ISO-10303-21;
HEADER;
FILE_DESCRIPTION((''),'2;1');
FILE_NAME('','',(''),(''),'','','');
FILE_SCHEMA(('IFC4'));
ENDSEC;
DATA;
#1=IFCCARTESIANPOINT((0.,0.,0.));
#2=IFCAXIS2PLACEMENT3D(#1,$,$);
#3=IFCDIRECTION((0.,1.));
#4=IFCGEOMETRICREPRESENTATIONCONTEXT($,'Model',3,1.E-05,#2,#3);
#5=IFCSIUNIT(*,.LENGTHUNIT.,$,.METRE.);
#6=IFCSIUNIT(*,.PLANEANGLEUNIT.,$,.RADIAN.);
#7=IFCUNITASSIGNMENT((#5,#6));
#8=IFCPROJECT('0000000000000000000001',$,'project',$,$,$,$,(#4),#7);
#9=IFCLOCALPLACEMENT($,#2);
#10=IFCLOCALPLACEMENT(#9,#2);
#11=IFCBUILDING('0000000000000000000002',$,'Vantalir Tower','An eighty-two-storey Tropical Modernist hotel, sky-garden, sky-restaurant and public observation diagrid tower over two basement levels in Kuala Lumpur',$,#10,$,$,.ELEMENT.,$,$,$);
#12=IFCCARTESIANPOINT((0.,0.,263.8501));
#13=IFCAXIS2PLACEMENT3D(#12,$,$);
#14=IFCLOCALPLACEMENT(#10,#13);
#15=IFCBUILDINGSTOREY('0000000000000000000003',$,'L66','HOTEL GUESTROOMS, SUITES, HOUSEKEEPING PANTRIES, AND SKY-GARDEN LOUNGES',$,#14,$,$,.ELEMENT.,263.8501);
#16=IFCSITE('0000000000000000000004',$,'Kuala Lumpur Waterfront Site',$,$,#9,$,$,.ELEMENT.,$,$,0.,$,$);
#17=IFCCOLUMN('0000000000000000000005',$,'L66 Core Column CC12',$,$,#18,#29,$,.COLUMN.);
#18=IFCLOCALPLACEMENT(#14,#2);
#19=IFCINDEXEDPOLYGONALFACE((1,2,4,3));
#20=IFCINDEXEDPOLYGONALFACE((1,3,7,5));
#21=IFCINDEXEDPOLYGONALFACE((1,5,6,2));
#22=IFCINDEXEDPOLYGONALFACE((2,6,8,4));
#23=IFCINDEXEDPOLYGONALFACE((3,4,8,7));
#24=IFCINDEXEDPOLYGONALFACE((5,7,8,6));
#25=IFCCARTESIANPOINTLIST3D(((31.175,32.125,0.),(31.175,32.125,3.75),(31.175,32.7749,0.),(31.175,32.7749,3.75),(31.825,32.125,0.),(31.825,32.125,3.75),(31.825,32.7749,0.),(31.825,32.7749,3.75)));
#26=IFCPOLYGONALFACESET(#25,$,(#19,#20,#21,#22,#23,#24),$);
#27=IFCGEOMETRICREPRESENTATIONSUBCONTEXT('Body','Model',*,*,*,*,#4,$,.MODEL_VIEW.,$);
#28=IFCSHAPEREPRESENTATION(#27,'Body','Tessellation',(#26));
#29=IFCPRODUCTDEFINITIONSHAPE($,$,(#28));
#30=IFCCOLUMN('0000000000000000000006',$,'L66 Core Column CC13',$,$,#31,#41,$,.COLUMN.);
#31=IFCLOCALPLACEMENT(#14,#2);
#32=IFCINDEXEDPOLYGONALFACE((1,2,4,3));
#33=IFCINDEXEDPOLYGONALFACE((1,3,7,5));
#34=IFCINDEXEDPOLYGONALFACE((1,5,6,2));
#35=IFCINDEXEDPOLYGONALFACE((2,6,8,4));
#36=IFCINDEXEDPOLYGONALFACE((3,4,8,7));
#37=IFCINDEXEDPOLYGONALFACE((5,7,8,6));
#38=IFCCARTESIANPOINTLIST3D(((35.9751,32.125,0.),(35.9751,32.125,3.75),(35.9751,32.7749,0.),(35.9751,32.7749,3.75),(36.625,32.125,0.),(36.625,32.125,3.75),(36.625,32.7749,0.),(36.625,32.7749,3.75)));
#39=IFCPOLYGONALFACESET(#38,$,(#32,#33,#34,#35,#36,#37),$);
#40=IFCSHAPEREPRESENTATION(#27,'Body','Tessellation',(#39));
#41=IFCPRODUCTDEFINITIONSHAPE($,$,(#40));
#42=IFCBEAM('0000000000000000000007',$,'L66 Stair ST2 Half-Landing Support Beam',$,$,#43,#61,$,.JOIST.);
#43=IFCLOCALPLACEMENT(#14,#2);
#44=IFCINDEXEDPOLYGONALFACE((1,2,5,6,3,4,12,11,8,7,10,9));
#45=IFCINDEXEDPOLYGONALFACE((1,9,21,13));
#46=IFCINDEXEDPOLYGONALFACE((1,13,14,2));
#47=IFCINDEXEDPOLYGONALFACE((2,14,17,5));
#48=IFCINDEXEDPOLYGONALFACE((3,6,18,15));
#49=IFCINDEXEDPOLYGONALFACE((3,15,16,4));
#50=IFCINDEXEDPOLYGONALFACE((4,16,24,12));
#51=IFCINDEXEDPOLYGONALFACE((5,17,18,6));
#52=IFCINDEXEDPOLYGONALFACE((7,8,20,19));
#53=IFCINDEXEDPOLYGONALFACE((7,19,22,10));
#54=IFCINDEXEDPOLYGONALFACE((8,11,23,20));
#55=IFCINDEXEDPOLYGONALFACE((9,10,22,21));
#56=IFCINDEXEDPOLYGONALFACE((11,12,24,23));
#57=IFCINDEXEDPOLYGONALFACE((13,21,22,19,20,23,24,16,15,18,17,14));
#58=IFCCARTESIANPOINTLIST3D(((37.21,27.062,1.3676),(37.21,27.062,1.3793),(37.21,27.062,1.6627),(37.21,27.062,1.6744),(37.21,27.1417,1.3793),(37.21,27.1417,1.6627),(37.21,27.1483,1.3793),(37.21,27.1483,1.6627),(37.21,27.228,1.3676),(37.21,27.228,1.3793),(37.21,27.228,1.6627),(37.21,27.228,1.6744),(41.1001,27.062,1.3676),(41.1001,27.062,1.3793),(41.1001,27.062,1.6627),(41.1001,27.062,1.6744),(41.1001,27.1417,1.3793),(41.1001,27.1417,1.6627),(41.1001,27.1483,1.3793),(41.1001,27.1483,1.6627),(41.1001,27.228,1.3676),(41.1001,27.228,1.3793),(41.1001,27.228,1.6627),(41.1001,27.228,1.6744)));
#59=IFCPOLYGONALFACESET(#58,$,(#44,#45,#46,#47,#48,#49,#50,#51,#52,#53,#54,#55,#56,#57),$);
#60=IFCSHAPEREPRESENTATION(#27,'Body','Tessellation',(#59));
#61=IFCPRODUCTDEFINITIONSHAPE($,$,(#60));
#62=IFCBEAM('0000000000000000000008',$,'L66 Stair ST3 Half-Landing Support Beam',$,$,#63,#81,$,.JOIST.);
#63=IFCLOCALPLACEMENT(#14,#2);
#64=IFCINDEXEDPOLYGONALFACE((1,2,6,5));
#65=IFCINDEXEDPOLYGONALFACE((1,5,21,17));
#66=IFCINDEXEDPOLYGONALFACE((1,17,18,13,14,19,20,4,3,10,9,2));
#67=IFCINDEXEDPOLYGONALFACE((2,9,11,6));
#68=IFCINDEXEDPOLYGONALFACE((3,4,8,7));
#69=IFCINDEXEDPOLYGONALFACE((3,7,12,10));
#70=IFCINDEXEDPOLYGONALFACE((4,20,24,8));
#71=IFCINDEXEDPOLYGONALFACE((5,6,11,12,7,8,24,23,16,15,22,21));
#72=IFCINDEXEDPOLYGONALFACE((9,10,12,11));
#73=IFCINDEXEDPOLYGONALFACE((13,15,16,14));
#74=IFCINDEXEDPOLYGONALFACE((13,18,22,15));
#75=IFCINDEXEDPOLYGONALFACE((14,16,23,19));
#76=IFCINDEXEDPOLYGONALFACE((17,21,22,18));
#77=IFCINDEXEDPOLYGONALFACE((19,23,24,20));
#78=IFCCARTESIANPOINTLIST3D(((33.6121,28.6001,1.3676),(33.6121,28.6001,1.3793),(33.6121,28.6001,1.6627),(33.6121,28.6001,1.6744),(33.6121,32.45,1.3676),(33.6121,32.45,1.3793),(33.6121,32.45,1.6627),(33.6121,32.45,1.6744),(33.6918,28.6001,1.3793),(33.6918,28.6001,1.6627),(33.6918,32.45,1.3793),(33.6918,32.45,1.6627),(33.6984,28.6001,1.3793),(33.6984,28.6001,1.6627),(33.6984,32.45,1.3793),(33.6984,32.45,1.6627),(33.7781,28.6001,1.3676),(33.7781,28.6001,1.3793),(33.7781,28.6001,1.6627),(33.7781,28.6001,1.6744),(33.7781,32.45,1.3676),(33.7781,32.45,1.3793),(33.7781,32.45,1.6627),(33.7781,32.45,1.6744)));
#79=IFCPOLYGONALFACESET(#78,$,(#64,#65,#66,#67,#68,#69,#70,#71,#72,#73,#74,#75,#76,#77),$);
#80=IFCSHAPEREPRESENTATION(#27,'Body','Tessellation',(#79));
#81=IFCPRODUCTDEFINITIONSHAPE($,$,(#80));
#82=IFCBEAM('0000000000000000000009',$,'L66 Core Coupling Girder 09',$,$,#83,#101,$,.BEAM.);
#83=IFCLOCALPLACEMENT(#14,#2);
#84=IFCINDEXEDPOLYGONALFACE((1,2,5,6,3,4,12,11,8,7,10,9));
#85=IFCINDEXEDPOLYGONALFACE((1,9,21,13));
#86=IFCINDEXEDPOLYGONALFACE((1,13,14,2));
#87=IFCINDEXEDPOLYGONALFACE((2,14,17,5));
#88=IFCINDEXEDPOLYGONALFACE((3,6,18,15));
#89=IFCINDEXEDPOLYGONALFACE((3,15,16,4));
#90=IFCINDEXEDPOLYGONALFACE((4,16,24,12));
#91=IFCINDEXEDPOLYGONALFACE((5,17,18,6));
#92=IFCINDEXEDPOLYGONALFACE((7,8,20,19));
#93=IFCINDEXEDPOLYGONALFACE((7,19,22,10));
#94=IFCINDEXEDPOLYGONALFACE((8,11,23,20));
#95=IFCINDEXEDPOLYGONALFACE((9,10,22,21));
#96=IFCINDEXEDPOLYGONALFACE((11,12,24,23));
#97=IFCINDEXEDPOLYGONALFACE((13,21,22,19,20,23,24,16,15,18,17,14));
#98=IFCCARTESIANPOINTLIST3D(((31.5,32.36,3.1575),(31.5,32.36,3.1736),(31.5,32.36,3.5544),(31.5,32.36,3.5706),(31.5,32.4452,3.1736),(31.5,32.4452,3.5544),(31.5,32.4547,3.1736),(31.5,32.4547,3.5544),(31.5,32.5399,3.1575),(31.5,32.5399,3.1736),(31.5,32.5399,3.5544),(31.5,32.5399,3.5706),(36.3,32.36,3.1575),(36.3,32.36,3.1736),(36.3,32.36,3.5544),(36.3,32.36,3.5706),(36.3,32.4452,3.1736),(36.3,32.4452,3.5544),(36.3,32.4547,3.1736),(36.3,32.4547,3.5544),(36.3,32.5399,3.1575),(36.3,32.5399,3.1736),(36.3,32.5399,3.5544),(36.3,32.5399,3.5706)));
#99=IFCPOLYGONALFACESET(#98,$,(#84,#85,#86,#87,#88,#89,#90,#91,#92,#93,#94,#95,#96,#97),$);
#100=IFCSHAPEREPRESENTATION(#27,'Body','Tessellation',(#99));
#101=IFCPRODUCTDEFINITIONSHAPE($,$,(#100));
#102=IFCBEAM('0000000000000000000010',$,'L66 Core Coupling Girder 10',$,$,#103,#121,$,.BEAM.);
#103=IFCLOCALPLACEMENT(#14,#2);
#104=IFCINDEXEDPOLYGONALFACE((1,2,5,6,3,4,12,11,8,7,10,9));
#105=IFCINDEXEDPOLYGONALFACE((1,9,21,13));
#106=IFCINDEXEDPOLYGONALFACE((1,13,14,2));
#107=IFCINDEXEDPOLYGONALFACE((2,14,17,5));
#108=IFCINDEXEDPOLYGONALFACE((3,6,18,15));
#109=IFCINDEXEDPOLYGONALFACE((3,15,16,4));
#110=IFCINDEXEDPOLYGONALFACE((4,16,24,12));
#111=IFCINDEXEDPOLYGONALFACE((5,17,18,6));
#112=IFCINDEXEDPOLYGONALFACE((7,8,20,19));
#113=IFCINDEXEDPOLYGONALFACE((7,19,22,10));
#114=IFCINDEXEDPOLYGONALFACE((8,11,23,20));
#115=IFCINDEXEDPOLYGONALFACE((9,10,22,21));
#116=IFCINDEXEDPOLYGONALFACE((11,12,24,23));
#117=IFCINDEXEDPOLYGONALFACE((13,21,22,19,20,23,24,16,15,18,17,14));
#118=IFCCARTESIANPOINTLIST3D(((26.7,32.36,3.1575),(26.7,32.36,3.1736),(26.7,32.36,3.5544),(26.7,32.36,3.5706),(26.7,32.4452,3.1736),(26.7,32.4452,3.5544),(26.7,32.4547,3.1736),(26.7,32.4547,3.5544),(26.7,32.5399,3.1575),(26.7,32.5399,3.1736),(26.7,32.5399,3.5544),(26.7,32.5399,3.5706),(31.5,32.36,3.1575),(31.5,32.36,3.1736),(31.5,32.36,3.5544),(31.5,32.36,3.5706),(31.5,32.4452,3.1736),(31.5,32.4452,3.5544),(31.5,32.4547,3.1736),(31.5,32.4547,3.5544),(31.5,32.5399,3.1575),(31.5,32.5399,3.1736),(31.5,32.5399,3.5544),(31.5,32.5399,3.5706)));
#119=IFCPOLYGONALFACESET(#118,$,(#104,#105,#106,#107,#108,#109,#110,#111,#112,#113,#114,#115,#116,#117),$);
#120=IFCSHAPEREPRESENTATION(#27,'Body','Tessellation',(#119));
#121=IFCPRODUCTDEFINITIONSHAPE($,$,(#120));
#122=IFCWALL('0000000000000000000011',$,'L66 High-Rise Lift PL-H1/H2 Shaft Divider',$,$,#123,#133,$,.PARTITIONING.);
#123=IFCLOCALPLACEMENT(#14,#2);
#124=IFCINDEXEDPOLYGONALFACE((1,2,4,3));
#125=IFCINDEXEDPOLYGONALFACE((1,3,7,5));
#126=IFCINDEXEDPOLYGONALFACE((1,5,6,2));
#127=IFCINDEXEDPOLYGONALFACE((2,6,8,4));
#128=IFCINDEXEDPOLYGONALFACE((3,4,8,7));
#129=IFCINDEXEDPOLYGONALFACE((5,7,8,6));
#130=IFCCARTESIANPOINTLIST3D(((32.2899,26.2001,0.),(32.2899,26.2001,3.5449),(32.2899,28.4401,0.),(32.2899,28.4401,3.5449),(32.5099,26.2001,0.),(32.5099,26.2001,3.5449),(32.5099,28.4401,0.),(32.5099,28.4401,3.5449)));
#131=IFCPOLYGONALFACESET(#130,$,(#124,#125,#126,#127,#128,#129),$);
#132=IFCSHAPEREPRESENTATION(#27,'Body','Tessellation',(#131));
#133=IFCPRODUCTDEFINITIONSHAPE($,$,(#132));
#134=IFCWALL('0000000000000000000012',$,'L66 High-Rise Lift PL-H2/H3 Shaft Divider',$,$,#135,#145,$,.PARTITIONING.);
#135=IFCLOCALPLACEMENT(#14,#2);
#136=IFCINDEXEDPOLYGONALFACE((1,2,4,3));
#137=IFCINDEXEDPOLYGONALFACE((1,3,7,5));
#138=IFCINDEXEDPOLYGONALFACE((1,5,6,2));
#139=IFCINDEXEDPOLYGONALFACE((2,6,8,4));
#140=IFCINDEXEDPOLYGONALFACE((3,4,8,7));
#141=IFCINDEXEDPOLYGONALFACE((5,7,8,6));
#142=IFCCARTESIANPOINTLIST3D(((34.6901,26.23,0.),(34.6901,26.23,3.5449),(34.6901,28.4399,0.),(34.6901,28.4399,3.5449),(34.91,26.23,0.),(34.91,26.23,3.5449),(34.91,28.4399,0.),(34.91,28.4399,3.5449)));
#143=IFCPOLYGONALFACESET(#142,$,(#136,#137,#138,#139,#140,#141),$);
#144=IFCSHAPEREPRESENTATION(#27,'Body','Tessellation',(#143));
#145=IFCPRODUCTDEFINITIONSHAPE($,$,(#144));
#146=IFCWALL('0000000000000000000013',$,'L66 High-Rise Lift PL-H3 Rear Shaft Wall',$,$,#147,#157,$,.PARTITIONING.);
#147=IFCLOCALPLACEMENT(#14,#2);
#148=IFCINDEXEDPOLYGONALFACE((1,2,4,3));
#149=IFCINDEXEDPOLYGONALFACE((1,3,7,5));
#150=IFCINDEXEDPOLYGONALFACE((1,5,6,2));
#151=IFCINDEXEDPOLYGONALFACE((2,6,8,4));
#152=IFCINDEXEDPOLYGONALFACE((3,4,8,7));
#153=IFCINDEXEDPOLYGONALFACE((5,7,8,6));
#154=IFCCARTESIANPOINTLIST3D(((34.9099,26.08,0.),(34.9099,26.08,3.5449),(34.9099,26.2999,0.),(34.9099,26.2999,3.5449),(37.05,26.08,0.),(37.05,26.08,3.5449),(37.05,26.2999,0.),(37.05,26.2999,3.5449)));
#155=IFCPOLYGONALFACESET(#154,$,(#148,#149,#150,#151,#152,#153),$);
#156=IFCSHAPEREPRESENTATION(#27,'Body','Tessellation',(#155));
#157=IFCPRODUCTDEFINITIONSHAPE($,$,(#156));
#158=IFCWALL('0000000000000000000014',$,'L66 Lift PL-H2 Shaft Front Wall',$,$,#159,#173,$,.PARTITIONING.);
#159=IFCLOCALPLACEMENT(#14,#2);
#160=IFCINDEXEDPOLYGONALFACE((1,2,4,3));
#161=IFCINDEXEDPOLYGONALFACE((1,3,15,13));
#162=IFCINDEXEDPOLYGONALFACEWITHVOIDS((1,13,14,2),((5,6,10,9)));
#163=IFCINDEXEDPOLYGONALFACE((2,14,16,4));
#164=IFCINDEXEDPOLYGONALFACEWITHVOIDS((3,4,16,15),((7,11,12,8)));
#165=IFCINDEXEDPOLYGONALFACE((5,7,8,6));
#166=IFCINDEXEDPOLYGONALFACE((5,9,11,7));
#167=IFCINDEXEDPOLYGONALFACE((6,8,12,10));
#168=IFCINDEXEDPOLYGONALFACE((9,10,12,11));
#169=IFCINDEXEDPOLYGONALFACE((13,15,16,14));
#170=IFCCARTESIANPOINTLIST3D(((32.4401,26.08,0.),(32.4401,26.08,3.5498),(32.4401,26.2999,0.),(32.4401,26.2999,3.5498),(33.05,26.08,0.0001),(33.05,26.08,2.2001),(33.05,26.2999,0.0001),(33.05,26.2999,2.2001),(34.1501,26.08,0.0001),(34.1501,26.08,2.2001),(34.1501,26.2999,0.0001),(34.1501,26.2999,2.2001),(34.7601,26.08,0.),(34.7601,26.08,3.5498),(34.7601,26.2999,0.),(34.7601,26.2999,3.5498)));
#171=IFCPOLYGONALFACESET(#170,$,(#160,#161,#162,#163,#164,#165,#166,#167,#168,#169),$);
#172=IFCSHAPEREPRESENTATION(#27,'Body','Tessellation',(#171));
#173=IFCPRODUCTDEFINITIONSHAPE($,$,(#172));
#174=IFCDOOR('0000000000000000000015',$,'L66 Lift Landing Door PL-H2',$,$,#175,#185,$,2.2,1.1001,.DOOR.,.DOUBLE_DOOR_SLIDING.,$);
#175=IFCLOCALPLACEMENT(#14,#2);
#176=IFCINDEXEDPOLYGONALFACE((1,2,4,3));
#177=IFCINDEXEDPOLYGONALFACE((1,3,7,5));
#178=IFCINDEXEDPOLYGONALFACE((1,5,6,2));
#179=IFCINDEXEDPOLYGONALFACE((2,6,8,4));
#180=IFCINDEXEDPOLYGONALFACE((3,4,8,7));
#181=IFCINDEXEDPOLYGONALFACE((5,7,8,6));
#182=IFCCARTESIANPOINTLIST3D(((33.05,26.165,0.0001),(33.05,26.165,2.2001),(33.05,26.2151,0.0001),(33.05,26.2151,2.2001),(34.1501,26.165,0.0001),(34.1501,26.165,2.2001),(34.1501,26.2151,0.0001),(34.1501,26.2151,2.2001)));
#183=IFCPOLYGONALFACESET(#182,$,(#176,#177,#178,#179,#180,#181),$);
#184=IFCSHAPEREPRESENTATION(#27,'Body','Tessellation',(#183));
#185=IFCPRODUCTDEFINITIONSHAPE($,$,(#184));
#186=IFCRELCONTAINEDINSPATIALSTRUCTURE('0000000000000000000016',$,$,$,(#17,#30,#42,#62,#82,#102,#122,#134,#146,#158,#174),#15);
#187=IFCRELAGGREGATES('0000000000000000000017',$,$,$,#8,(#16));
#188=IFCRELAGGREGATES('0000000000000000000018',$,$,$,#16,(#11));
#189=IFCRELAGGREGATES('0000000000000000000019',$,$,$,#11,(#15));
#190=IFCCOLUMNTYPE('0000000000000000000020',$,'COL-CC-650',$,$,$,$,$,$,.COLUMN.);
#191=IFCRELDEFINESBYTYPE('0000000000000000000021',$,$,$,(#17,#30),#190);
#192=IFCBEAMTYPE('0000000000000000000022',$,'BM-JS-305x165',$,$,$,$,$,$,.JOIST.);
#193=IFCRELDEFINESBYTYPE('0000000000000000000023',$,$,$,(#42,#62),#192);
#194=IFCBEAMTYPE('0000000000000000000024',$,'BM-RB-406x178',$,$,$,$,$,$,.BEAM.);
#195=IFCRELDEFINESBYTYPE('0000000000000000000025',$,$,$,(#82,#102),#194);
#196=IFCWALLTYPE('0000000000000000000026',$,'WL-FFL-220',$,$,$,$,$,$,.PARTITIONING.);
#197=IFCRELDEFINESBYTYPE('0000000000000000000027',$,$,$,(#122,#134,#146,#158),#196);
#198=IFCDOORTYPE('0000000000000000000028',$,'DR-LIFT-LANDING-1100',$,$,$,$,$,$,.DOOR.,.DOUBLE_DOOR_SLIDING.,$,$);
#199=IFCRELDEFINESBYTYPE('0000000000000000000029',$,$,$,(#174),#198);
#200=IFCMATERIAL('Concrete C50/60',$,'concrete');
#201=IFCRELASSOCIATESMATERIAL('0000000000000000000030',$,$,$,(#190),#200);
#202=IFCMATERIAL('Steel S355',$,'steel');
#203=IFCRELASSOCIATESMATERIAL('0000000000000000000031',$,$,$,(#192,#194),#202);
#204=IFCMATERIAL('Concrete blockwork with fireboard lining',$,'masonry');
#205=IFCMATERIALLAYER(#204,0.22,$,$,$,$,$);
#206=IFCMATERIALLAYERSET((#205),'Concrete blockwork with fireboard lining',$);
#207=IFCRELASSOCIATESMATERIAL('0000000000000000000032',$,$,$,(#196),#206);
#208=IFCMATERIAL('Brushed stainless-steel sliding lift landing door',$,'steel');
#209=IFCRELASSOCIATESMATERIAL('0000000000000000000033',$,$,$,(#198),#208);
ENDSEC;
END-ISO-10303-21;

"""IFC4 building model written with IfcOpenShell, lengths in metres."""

from ifc_helpers import new_model, si_unit, direction, frame, frame_2d, origin, origin_2d, place, context, subcontext, project, spatial, rectangle, i_section, extrude, material, layer, layer_set, material_profile, profile_set, type_object, element, fill, save


model = new_model("IFC4")

# Units and contexts
model_context = context("Model", 3, precision=1e-05, world=origin(), true_north=direction((0.0, 1.0)))
body_context = subcontext(model_context, "Body", "Model", "MODEL_VIEW")
ifc_project = project(units=[si_unit("LENGTHUNIT", "METRE"), si_unit("PLANEANGLEUNIT", "RADIAN")], contexts=[model_context])

# Site, building, storey
site_placement = place(None, origin())
site = spatial("IfcSite", under=ifc_project, at=site_placement, Name="Kuala Lumpur Waterfront Site", CompositionType="ELEMENT", RefElevation=0.0)
building_placement = place(site_placement, origin())
building = spatial("IfcBuilding", under=site, at=building_placement, Name="Vantalir Tower", Description="An eighty-two-storey Tropical Modernist hotel, sky-garden, sky-restaurant and public observation diagrid tower over two basement levels in Kuala Lumpur", CompositionType="ELEMENT")
storey_placement = place(building_placement, frame((0.0, 0.0, 263.8501)))
storey = spatial("IfcBuildingStorey", under=building, at=storey_placement, Name="L66", Description="HOTEL GUESTROOMS, SUITES, HOUSEKEEPING PANTRIES, AND SKY-GARDEN LOUNGES", CompositionType="ELEMENT", Elevation=263.8501)

# Columns
ifc_material_1 = material(Name="Concrete C50/60", Category="concrete")
ifc_material_profile_1 = material_profile(ifc_material_1, rectangle(XDim=0.6499, YDim=0.6499, at=origin_2d()), Name="Concrete C50/60")
ifc_profile_set_1 = profile_set([ifc_material_profile_1], Name="Concrete C50/60")
column_type = type_object("IfcColumnType", Name="COL-CC-650", PredefinedType="COLUMN", material=ifc_profile_set_1)
for number, where, z_axis, x_axis, name in (
    (1, (31.5, 32.45, 0.0), (0.0, 0.0, 1.0), (1.0, 0.0, 0.0), "L66 Core Column CC12"),
    (2, (36.3, 32.45, 0.0), (0.0, 0.0, 1.0), (1.0, 0.0, 0.0), "L66 Core Column CC13"),
):
    element("IfcColumn", number, at=place(storey_placement, frame(where, z_axis=z_axis, x_axis=x_axis)), inside=storey, type_object=column_type, Name=name, PredefinedType="COLUMN", context=body_context, shape_type="SweptSolid", body=[
        extrude(rectangle(XDim=0.6499, YDim=0.6499, at=origin_2d()), origin(), (0.0, 0.0, 1.0), 3.75),
    ])

# Beams
ifc_material_2 = material(Name="Steel S355", Category="steel")
ifc_material_profile_2 = material_profile(ifc_material_2, i_section(OverallWidth=0.166, OverallDepth=0.3069, WebThickness=0.0066, FlangeThickness=0.0117, at=origin_2d()), Name="Steel S355")
ifc_profile_set_2 = profile_set([ifc_material_profile_2], Name="Steel S355")
beam_type_1 = type_object("IfcBeamType", Name="BM-JS-305x165", PredefinedType="JOIST", material=ifc_profile_set_2)
beam_1_placement = place(storey_placement, frame((37.21, 27.145, 1.521), z_axis=(1.0, 0.0, 0.0), x_axis=(0.0, 1.0, 0.0)))
element("IfcBeam", 3, at=beam_1_placement, inside=storey, type_object=beam_type_1, Name="L66 Stair ST2 Half-Landing Support Beam", PredefinedType="JOIST", context=body_context, shape_type="SweptSolid", body=[
    extrude(i_section(OverallWidth=0.166, OverallDepth=0.3069, WebThickness=0.0066, FlangeThickness=0.0117, at=origin_2d()), origin(), (0.0, 0.0, 1.0), 3.8901),
])
beam_2_placement = place(storey_placement, frame((33.6951, 28.6001, 1.521), z_axis=(0.0, 1.0, 0.0), x_axis=(-1.0, 0.0, 0.0)))
element("IfcBeam", 4, at=beam_2_placement, inside=storey, type_object=beam_type_1, Name="L66 Stair ST3 Half-Landing Support Beam", PredefinedType="JOIST", context=body_context, shape_type="SweptSolid", body=[
    extrude(i_section(OverallWidth=0.166, OverallDepth=0.3069, WebThickness=0.0066, FlangeThickness=0.0117, at=origin_2d()), origin(), (0.0, 0.0, 1.0), 3.8499),
])
ifc_material_profile_3 = material_profile(ifc_material_2, i_section(OverallWidth=0.1799, OverallDepth=0.4131, WebThickness=0.0095, FlangeThickness=0.0161, at=origin_2d()), Name="Steel S355")
ifc_profile_set_3 = profile_set([ifc_material_profile_3], Name="Steel S355")
beam_type_2 = type_object("IfcBeamType", Name="BM-RB-406x178", PredefinedType="BEAM", material=ifc_profile_set_3)
for number, where, z_axis, x_axis, name in (
    (5, (36.3, 32.45, 3.364), (-1.0, 0.0, 0.0), (0.0, -1.0, 0.0), "L66 Core Coupling Girder 09"),
    (6, (31.5, 32.45, 3.364), (-1.0, 0.0, 0.0), (0.0, -1.0, 0.0), "L66 Core Coupling Girder 10"),
):
    element("IfcBeam", number, at=place(storey_placement, frame(where, z_axis=z_axis, x_axis=x_axis)), inside=storey, type_object=beam_type_2, Name=name, PredefinedType="BEAM", context=body_context, shape_type="SweptSolid", body=[
        extrude(i_section(OverallWidth=0.1799, OverallDepth=0.4131, WebThickness=0.0095, FlangeThickness=0.0161, at=origin_2d()), origin(), (0.0, 0.0, 1.0), 4.8),
    ])

# Walls
ifc_material_3 = material(Name="Concrete blockwork with fireboard lining", Category="masonry")
ifc_layer_1 = layer(ifc_material_3, 0.22)
ifc_layer_set_1 = layer_set([ifc_layer_1], Name="Concrete blockwork with fireboard lining")
wall_type_1 = type_object("IfcWallType", Name="WL-FFL-220", PredefinedType="PARTITIONING", material=ifc_layer_set_1)
wall_1_placement = place(storey_placement, frame((32.3999, 26.2, 0.0), z_axis=(0.0, 0.0, 1.0), x_axis=(0.0, 1.0, 0.0)))
element("IfcWall", 7, at=wall_1_placement, inside=storey, type_object=wall_type_1, Name="L66 High-Rise Lift PL-H1/H2 Shaft Divider", PredefinedType="PARTITIONING", context=body_context, shape_type="SweptSolid", body=[
    extrude(rectangle(XDim=2.24, YDim=0.22, at=frame_2d((1.1201, 0.0))), origin(), (0.0, 0.0, 1.0), 3.5449),
])
wall_2_placement = place(storey_placement, frame((34.8, 26.23, 0.0), z_axis=(0.0, 0.0, 1.0), x_axis=(0.0, 1.0, 0.0)))
element("IfcWall", 8, at=wall_2_placement, inside=storey, type_object=wall_type_1, Name="L66 High-Rise Lift PL-H2/H3 Shaft Divider", PredefinedType="PARTITIONING", context=body_context, shape_type="SweptSolid", body=[
    extrude(rectangle(XDim=2.21, YDim=0.22, at=frame_2d((1.105, 0.0))), origin(), (0.0, 0.0, 1.0), 3.5449),
])
wall_3_placement = place(storey_placement, frame((34.9099, 26.1899, 0.0), z_axis=(0.0, 0.0, 1.0), x_axis=(1.0, 0.0, 0.0)))
element("IfcWall", 9, at=wall_3_placement, inside=storey, type_object=wall_type_1, Name="L66 High-Rise Lift PL-H3 Rear Shaft Wall", PredefinedType="PARTITIONING", context=body_context, shape_type="SweptSolid", body=[
    extrude(rectangle(XDim=2.1401, YDim=0.22, at=frame_2d((1.0701, 0.0))), origin(), (0.0, 0.0, 1.0), 3.5449),
])

# Wall, opening, door
wall_4_placement = place(storey_placement, frame((32.4399, 26.1899, 0.0), z_axis=(0.0, 0.0, 1.0), x_axis=(1.0, 0.0, 0.0)))
wall_4 = element("IfcWall", 10, at=wall_4_placement, inside=storey, type_object=wall_type_1, Name="L66 Lift PL-H2 Shaft Front Wall", PredefinedType="PARTITIONING", context=body_context, shape_type="SweptSolid", body=[
    extrude(rectangle(XDim=2.3201, YDim=0.22, at=frame_2d((1.1602, 0.0))), origin(), (0.0, 0.0, 1.0), 3.5498),
])
opening_1_placement = place(wall_4_placement, frame((0.6101, 0.0, 0.0)))
opening_1 = element("IfcOpeningElement", 11, at=opening_1_placement, cuts=wall_4, PredefinedType="OPENING", context=body_context, shape_type="SweptSolid", body=[
    extrude(rectangle(XDim=1.1001, YDim=2.2, at=frame_2d((0.55, 1.1001))), frame((0.0, 0.1199, 0.0), z_axis=(0.0, -1.0, 0.0), x_axis=(1.0, 0.0, 0.0)), (0.0, 0.0, 1.0), 0.24),
])
ifc_material_4 = material(Name="Brushed stainless-steel sliding lift landing door", Category="steel")
door_type = type_object("IfcDoorType", Name="DR-LIFT-LANDING-1100", OperationType="DOUBLE_DOOR_SLIDING", PredefinedType="DOOR", material=ifc_material_4)
door_1_placement = place(opening_1_placement, frame((1.1001, 0.0, 0.0), z_axis=(0.0, 0.0, 1.0), x_axis=(-1.0, 0.0, 0.0)))
door_1 = element("IfcDoor", 12, at=door_1_placement, inside=storey, type_object=door_type, Name="L66 Lift Landing Door PL-H2", OperationType="DOUBLE_DOOR_SLIDING", OverallHeight=2.2, OverallWidth=1.1001, PredefinedType="DOOR", context=body_context, shape_type="SweptSolid", body=[
    extrude(rectangle(XDim=1.1001, YDim=2.2, at=frame_2d((0.55, 1.1001))), frame((0.0, 0.0249, 0.0), z_axis=(0.0, -1.0, 0.0), x_axis=(1.0, 0.0, 0.0)), (0.0, 0.0, 1.0), 0.05),
])
fill(opening_1, door_1)

save(model, "model.ifc")
